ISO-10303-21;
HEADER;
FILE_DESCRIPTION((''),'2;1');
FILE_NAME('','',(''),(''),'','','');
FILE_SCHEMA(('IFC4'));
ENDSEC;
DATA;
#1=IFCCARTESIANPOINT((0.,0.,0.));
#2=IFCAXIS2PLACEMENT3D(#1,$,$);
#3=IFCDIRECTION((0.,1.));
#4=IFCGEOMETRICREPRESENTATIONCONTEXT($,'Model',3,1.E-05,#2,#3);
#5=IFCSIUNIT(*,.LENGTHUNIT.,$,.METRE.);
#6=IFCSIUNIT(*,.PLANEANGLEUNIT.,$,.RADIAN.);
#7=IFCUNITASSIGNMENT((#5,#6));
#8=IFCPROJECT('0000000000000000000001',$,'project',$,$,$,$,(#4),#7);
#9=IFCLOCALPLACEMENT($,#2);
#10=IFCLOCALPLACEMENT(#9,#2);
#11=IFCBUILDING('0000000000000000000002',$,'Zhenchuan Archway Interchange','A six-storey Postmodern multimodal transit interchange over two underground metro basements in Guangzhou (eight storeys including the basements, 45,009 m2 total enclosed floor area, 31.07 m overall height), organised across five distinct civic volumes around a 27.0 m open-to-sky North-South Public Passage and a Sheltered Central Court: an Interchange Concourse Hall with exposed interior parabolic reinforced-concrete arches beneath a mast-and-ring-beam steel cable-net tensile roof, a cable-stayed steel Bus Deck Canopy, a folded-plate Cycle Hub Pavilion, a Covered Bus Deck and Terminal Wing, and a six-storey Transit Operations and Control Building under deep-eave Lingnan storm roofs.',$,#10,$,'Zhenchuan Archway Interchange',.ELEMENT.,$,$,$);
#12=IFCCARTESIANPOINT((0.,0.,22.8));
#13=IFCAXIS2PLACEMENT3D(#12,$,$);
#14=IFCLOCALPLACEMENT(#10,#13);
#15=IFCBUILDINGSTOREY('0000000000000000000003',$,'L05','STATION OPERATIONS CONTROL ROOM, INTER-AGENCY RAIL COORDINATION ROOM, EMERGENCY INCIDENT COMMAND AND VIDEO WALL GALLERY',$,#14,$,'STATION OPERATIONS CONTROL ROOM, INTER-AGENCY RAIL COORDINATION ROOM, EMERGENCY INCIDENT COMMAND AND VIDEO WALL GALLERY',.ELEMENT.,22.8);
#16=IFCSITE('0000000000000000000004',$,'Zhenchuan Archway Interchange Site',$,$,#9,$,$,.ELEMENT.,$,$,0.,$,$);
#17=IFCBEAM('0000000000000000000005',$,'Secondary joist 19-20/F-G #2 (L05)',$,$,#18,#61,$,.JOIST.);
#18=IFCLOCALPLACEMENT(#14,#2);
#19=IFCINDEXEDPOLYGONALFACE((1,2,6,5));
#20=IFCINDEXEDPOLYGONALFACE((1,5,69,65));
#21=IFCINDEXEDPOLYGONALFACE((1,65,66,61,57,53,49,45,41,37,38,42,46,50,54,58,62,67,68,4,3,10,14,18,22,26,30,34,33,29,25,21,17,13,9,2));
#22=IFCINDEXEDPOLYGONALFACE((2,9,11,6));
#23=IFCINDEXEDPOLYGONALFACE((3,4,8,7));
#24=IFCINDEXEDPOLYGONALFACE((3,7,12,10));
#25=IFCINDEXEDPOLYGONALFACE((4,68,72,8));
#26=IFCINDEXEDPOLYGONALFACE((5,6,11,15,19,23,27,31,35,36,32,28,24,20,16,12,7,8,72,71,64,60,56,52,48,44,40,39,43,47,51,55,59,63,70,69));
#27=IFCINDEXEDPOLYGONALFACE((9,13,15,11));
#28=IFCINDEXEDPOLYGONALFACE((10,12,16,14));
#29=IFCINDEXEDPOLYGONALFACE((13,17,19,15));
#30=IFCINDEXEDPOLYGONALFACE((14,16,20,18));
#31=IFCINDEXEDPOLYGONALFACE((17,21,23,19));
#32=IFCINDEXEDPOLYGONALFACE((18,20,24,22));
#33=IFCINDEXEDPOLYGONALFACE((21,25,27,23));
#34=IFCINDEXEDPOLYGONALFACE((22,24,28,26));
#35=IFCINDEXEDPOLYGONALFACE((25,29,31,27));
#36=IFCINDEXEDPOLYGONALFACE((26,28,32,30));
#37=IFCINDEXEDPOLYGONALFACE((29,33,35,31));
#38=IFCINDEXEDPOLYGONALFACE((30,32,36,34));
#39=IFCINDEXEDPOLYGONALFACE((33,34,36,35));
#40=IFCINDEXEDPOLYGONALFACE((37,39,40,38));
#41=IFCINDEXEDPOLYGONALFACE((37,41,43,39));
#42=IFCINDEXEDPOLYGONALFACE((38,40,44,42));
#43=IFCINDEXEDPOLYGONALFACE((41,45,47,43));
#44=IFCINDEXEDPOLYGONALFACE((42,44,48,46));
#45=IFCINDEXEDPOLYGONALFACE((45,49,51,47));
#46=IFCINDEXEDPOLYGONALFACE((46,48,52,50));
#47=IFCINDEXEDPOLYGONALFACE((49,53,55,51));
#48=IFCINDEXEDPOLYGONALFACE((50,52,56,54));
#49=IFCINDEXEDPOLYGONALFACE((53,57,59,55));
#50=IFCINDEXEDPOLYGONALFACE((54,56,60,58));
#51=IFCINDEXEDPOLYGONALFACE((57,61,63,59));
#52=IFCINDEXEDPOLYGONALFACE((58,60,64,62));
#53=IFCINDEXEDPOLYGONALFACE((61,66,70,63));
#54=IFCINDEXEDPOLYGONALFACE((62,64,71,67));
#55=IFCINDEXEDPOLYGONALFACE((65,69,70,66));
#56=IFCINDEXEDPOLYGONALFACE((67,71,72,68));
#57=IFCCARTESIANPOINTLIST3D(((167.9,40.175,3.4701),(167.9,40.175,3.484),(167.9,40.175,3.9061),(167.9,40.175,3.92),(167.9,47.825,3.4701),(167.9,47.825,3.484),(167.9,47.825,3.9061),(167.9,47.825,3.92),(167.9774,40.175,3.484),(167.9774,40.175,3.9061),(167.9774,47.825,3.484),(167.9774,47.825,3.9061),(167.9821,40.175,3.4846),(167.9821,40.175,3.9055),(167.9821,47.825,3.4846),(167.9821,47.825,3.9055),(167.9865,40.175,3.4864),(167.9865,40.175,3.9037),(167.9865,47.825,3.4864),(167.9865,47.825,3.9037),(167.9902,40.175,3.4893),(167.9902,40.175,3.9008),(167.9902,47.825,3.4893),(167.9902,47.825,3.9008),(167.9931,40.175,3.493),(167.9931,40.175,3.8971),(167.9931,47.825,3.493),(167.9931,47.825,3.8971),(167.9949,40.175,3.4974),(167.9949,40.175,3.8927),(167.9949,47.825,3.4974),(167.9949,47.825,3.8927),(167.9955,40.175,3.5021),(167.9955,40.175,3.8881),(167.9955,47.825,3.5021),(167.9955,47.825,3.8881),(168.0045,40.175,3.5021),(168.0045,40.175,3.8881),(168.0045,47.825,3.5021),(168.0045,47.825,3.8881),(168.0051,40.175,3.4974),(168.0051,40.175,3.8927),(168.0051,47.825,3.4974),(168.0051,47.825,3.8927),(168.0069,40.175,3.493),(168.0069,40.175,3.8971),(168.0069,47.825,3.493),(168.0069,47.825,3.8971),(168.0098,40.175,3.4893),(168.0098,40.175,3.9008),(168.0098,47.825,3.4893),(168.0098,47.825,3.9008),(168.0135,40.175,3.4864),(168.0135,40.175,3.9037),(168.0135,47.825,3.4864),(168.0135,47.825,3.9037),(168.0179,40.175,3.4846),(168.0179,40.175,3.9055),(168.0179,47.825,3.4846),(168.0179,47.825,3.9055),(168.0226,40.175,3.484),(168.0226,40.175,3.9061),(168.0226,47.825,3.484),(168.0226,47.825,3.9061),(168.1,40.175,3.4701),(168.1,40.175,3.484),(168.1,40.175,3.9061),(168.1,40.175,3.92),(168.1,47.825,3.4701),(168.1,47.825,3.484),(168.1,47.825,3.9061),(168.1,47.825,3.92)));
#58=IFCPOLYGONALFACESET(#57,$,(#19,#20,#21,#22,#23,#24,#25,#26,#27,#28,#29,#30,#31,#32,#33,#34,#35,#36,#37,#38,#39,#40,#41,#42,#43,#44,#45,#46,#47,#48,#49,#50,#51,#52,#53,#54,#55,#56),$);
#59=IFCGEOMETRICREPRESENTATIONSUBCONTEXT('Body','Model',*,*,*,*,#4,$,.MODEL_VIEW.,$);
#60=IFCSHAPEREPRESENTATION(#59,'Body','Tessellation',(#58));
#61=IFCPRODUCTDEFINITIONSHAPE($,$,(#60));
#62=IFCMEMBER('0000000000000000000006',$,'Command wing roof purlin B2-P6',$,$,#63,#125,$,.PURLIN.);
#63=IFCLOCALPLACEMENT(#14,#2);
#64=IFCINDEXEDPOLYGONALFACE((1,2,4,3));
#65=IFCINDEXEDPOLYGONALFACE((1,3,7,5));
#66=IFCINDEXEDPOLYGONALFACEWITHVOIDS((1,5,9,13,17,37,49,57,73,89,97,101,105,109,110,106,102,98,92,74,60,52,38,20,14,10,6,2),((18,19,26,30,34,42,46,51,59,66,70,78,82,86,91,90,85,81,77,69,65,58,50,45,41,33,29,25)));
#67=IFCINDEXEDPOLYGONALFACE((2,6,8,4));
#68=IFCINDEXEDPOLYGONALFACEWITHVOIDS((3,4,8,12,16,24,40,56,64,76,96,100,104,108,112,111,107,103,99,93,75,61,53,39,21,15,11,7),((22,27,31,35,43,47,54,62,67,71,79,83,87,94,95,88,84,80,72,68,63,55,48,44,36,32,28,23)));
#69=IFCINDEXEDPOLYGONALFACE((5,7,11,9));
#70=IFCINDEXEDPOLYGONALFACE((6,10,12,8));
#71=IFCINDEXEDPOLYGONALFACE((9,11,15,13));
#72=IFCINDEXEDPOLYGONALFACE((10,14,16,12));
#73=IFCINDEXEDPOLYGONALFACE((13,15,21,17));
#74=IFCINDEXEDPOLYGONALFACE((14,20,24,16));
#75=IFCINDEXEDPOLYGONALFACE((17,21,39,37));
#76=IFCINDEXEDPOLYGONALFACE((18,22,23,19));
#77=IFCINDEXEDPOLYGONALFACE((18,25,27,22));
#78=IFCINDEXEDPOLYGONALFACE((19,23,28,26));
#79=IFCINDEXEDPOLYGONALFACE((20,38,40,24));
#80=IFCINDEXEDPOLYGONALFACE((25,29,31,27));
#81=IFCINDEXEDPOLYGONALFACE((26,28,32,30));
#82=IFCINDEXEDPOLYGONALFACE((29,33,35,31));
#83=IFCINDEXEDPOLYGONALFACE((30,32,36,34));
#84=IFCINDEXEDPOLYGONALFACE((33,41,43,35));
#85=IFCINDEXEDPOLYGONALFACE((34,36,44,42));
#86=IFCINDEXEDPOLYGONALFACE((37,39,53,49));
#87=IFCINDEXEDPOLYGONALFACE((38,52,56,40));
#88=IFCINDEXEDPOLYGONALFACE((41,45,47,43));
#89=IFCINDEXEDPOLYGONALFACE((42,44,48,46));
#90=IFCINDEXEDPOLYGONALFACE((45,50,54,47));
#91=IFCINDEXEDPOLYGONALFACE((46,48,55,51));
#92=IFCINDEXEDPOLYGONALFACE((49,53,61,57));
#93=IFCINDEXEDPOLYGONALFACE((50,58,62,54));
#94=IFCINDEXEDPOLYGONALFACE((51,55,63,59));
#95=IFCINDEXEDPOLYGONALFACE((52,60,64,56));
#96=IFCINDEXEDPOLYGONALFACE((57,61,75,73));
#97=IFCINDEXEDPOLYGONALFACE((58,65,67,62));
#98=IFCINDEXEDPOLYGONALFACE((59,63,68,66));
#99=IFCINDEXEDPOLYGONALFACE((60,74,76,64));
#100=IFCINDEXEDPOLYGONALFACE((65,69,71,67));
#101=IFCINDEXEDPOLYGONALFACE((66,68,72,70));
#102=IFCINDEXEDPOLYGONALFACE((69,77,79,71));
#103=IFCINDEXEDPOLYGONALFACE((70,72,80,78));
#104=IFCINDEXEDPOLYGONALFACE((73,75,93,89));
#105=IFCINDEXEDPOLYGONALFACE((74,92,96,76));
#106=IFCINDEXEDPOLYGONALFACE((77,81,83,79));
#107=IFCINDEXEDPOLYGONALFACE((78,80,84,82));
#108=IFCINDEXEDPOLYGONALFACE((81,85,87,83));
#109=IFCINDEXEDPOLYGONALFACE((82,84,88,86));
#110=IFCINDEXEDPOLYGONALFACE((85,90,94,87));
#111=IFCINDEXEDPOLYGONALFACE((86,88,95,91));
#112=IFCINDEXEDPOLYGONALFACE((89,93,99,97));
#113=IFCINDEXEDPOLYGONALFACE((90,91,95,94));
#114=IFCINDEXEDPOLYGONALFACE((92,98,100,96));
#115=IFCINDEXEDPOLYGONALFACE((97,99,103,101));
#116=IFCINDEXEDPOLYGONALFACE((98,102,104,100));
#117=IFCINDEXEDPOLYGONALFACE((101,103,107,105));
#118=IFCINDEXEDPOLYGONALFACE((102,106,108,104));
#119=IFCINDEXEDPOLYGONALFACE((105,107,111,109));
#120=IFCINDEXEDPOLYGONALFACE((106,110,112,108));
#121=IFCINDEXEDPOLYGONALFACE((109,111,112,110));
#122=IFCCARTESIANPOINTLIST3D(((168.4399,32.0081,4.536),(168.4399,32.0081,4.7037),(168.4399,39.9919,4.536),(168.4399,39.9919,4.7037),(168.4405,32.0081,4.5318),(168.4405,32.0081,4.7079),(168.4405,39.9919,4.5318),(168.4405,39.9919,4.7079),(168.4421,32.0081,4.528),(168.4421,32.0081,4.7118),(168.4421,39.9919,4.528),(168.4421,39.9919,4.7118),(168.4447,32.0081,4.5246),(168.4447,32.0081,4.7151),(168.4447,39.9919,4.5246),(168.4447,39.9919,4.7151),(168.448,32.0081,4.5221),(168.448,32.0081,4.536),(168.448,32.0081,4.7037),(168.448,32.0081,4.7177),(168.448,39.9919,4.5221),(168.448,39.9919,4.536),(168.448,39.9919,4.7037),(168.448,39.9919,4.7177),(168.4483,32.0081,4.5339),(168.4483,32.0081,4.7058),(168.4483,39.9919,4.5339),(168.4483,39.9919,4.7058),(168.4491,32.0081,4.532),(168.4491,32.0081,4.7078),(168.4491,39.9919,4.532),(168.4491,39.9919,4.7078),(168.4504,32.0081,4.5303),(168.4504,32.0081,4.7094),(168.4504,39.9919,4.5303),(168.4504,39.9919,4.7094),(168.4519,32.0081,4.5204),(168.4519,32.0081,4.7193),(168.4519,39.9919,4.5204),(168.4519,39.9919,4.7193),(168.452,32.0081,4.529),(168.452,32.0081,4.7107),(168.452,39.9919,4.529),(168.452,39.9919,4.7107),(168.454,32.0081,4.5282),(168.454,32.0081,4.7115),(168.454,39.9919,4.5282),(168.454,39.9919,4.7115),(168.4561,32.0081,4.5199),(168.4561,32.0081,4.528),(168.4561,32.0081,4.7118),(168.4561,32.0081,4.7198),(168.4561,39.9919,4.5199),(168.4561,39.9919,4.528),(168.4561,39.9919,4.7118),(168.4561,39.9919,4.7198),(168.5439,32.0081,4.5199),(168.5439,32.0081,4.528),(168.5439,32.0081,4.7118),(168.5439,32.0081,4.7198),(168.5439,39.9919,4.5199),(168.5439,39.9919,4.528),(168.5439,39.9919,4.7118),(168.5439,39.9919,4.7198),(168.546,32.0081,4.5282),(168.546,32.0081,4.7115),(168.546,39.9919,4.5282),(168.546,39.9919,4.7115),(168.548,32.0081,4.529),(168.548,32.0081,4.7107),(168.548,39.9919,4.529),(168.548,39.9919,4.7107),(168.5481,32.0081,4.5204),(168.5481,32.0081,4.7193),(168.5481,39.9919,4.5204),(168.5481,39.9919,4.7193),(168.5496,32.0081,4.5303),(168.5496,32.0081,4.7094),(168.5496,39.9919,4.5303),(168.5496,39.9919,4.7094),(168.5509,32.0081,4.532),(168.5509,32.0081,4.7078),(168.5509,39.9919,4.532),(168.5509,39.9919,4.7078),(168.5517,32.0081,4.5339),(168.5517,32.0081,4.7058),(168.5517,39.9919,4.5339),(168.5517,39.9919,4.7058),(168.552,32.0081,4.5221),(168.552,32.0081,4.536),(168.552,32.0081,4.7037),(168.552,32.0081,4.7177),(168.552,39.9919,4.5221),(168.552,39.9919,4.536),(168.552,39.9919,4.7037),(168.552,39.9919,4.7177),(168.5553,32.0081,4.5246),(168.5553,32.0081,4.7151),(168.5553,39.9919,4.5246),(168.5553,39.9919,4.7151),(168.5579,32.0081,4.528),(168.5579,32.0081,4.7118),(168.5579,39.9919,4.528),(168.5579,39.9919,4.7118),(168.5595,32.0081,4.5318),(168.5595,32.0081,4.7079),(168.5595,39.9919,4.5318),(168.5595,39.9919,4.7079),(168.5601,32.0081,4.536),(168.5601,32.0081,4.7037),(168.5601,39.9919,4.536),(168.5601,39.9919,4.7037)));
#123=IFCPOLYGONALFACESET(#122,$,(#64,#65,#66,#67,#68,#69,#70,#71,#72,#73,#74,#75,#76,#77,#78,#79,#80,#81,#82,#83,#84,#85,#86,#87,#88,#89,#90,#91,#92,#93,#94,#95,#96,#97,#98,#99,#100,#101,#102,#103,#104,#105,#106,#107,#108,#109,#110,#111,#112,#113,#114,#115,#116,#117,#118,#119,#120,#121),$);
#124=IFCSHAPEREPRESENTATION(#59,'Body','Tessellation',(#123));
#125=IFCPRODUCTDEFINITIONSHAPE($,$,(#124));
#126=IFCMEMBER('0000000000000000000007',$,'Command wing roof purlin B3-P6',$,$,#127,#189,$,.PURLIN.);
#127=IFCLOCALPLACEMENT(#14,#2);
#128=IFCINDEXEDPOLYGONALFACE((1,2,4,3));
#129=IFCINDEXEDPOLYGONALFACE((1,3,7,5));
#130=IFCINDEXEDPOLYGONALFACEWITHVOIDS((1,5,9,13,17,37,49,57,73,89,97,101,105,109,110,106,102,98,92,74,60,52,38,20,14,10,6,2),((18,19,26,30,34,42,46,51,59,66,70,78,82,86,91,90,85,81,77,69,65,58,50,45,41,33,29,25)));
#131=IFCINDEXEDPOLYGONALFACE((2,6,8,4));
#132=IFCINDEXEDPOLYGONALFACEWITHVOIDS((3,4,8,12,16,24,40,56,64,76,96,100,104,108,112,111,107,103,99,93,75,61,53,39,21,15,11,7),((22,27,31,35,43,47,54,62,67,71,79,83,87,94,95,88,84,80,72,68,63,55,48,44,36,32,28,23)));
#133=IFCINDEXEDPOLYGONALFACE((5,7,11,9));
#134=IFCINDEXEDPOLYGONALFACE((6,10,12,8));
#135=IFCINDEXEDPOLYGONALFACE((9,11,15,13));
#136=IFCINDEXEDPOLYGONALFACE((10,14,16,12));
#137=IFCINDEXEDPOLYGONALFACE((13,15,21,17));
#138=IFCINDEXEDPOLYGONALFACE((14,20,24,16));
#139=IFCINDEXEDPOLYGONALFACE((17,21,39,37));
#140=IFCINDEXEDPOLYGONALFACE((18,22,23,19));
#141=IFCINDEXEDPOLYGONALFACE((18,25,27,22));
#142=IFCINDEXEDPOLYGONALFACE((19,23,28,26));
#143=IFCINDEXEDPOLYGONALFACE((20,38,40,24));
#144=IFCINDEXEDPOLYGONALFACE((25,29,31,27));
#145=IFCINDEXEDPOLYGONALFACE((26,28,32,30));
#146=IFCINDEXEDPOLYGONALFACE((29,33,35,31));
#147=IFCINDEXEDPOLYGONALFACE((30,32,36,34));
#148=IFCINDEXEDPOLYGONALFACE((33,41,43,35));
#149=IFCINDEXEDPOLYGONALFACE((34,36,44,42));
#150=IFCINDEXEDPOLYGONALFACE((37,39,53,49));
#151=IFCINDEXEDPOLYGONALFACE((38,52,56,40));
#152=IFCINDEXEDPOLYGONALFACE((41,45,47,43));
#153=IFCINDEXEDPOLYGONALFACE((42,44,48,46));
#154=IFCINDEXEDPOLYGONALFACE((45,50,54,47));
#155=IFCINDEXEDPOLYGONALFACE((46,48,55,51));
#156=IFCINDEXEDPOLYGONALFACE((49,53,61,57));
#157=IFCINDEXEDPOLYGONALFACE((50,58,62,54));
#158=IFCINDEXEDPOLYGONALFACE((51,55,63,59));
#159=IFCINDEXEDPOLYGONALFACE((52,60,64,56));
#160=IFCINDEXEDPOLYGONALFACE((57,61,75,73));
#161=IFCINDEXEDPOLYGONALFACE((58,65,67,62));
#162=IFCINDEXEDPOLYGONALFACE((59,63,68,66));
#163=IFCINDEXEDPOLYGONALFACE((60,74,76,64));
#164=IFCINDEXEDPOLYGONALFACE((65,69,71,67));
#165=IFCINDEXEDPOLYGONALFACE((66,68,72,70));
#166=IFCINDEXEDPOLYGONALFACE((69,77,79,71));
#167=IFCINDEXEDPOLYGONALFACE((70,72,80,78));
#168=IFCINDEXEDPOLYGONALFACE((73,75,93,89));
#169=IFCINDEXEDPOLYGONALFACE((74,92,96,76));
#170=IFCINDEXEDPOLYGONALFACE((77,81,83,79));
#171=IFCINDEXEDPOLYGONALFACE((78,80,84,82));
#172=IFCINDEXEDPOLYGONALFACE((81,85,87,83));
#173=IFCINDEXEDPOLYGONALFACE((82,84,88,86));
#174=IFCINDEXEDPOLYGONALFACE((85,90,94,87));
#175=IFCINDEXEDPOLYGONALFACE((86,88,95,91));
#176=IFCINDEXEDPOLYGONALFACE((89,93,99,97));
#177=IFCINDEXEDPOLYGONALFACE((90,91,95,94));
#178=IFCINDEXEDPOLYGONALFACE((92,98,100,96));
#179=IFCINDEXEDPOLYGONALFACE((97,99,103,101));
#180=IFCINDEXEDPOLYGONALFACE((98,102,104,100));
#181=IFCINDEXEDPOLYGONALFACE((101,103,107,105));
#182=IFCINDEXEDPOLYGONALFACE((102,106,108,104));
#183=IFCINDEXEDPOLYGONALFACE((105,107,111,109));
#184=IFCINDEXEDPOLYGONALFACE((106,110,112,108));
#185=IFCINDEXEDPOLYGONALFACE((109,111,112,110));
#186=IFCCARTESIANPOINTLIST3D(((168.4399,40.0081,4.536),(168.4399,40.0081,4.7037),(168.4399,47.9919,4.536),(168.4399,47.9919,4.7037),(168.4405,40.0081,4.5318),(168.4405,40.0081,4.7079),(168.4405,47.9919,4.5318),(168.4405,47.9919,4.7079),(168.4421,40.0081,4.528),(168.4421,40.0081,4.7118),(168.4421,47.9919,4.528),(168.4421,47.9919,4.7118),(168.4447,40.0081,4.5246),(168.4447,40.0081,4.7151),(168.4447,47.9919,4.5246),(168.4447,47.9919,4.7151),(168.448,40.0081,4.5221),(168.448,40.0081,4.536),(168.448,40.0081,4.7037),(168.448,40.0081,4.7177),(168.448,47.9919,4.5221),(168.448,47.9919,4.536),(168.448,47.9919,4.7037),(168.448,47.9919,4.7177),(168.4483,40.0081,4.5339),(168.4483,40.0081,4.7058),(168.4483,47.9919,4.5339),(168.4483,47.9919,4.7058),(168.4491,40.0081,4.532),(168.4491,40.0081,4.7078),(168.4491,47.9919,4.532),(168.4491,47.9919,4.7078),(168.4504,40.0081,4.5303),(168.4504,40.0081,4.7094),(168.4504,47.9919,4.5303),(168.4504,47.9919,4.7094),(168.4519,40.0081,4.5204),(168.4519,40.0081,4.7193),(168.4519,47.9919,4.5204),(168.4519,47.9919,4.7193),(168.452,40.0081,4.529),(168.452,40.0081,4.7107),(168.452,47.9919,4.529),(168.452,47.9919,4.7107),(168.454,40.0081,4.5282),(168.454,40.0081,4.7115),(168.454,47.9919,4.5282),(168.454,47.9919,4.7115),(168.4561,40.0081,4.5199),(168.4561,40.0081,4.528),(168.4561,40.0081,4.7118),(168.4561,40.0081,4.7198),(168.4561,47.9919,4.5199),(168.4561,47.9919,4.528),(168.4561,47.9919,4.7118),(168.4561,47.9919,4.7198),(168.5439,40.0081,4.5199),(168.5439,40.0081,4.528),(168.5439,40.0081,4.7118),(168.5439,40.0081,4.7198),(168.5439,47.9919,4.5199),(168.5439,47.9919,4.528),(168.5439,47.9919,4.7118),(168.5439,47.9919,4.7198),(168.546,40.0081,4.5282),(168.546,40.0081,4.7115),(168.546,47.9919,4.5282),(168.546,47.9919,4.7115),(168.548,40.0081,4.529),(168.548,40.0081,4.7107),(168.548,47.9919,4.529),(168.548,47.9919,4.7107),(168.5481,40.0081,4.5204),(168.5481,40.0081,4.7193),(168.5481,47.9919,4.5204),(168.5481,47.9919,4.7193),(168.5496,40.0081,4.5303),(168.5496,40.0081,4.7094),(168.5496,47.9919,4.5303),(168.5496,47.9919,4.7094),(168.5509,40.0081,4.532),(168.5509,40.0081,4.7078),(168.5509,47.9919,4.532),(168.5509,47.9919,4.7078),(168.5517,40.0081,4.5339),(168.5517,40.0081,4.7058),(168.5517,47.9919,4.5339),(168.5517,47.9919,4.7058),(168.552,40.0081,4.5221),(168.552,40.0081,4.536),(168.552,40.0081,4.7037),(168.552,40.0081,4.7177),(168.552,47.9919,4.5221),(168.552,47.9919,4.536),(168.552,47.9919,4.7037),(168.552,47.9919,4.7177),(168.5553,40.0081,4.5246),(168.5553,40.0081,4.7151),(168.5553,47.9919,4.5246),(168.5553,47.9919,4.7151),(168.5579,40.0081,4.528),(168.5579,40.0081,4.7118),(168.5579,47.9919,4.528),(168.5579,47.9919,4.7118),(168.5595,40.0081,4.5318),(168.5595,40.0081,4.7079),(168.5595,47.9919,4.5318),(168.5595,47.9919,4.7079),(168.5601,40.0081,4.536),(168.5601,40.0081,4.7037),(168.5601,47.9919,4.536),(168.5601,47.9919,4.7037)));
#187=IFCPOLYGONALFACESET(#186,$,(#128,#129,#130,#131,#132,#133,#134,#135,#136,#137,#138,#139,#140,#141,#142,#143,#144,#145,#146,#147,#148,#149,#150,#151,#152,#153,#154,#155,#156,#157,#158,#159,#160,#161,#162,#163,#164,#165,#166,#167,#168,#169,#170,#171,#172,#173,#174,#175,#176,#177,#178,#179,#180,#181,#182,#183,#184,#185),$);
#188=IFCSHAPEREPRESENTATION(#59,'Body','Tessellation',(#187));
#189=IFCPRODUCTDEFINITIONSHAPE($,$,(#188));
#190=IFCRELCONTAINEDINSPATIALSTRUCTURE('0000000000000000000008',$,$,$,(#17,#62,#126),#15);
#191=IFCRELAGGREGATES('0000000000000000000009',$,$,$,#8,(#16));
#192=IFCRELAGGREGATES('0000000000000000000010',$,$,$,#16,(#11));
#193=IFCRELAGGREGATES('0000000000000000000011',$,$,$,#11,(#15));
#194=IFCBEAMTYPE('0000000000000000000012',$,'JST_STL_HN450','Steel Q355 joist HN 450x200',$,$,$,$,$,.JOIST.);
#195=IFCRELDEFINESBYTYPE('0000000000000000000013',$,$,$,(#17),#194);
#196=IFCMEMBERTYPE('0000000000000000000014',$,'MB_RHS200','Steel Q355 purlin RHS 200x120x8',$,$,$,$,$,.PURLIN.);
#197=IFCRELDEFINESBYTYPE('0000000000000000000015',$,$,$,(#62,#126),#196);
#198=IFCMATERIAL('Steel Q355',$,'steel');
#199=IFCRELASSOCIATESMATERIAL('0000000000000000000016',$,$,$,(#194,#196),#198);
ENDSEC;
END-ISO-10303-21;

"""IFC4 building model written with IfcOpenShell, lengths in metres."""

from ifc_helpers import new_model, si_unit, direction, frame, origin, origin_2d, place, context, subcontext, project, spatial, hollow_rectangle, i_section, extrude, material, material_profile, profile_set, type_object, element, save


model = new_model("IFC4")

# Units and contexts
model_context = context("Model", 3, precision=1e-05, world=origin(), true_north=direction((0.0, 1.0)))
body_context = subcontext(model_context, "Body", "Model", "MODEL_VIEW")
ifc_project = project(units=[si_unit("LENGTHUNIT", "METRE"), si_unit("PLANEANGLEUNIT", "RADIAN")], contexts=[model_context])

# Site, building, storey
site_placement = place(None, origin())
site = spatial("IfcSite", under=ifc_project, at=site_placement, Name="Zhenchuan Archway Interchange Site", CompositionType="ELEMENT", RefElevation=0.0)
building_placement = place(site_placement, origin())
building = spatial("IfcBuilding", under=site, at=building_placement, Name="Zhenchuan Archway Interchange", Description="A six-storey Postmodern multimodal transit interchange over two underground metro basements in Guangzhou (eight storeys including the basements, 45,009 m2 total enclosed floor area, 31.07 m overall height), organised across five distinct civic volumes around a 27.0 m open-to-sky North-South Public Passage and a Sheltered Central Court: an Interchange Concourse Hall with exposed interior parabolic reinforced-concrete arches beneath a mast-and-ring-beam steel cable-net tensile roof, a cable-stayed steel Bus Deck Canopy, a folded-plate Cycle Hub Pavilion, a Covered Bus Deck and Terminal Wing, and a six-storey Transit Operations and Control Building under deep-eave Lingnan storm roofs.", LongName="Zhenchuan Archway Interchange", CompositionType="ELEMENT")
storey_placement = place(building_placement, frame((0.0, 0.0, 22.8)))
storey = spatial("IfcBuildingStorey", under=building, at=storey_placement, Name="L05", Description="STATION OPERATIONS CONTROL ROOM, INTER-AGENCY RAIL COORDINATION ROOM, EMERGENCY INCIDENT COMMAND AND VIDEO WALL GALLERY", LongName="STATION OPERATIONS CONTROL ROOM, INTER-AGENCY RAIL COORDINATION ROOM, EMERGENCY INCIDENT COMMAND AND VIDEO WALL GALLERY", CompositionType="ELEMENT", Elevation=22.8)

# Shared definitions
ifc_material_1 = material(Name="Steel Q355", Category="steel")

# Beam
ifc_material_profile_1 = material_profile(ifc_material_1, i_section(OverallWidth=0.2, OverallDepth=0.45, WebThickness=0.009, FlangeThickness=0.0139, FilletRadius=0.0181, at=origin_2d()), Name="HN 450x200")
ifc_profile_set_1 = profile_set([ifc_material_profile_1], Name="Steel Q355")
beam_type_1 = type_object("IfcBeamType", Name="JST_STL_HN450", Description="Steel Q355 joist HN 450x200", PredefinedType="JOIST", material=ifc_profile_set_1)
beam_1_placement = place(storey_placement, frame((168.0, 40.175, 3.6951), z_axis=(0.0, 1.0, 0.0), x_axis=(-1.0, 0.0, 0.0)))
element("IfcBeam", 1, at=beam_1_placement, inside=storey, type_object=beam_type_1, Name="Secondary joist 19-20/F-G #2 (L05)", PredefinedType="JOIST", context=body_context, shape_type="SweptSolid", body=[
    extrude(i_section(OverallWidth=0.2, OverallDepth=0.45, WebThickness=0.009, FlangeThickness=0.0139, FilletRadius=0.0181, at=origin_2d()), origin(), (0.0, 0.0, 1.0), 7.6499),
])

# Members
ifc_material_profile_2 = material_profile(ifc_material_1, hollow_rectangle(XDim=0.1201, YDim=0.2, WallThickness=0.0081, InnerFilletRadius=0.0081, OuterFilletRadius=0.0161, at=origin_2d()), Name="RHS 200x120x8")
ifc_profile_set_2 = profile_set([ifc_material_profile_2], Name="Steel Q355")
member_type_1 = type_object("IfcMemberType", Name="MB_RHS200", Description="Steel Q355 purlin RHS 200x120x8", PredefinedType="PURLIN", material=ifc_profile_set_2)
for number, where, z_axis, x_axis, name in (
    (2, (168.5, 32.0081, 4.6199), (0.0, 1.0, 0.0), (-1.0, 0.0, 0.0), "Command wing roof purlin B2-P6"),
    (3, (168.5, 40.0081, 4.6199), (0.0, 1.0, 0.0), (-1.0, 0.0, 0.0), "Command wing roof purlin B3-P6"),
):
    element("IfcMember", number, at=place(storey_placement, frame(where, z_axis=z_axis, x_axis=x_axis)), inside=storey, type_object=member_type_1, Name=name, PredefinedType="PURLIN", context=body_context, shape_type="SweptSolid", body=[
        extrude(hollow_rectangle(XDim=0.1201, YDim=0.2, WallThickness=0.0081, InnerFilletRadius=0.0081, OuterFilletRadius=0.0161, at=origin_2d()), origin(), (0.0, 0.0, 1.0), 7.9839),
    ])

save(model, "model.ifc")
